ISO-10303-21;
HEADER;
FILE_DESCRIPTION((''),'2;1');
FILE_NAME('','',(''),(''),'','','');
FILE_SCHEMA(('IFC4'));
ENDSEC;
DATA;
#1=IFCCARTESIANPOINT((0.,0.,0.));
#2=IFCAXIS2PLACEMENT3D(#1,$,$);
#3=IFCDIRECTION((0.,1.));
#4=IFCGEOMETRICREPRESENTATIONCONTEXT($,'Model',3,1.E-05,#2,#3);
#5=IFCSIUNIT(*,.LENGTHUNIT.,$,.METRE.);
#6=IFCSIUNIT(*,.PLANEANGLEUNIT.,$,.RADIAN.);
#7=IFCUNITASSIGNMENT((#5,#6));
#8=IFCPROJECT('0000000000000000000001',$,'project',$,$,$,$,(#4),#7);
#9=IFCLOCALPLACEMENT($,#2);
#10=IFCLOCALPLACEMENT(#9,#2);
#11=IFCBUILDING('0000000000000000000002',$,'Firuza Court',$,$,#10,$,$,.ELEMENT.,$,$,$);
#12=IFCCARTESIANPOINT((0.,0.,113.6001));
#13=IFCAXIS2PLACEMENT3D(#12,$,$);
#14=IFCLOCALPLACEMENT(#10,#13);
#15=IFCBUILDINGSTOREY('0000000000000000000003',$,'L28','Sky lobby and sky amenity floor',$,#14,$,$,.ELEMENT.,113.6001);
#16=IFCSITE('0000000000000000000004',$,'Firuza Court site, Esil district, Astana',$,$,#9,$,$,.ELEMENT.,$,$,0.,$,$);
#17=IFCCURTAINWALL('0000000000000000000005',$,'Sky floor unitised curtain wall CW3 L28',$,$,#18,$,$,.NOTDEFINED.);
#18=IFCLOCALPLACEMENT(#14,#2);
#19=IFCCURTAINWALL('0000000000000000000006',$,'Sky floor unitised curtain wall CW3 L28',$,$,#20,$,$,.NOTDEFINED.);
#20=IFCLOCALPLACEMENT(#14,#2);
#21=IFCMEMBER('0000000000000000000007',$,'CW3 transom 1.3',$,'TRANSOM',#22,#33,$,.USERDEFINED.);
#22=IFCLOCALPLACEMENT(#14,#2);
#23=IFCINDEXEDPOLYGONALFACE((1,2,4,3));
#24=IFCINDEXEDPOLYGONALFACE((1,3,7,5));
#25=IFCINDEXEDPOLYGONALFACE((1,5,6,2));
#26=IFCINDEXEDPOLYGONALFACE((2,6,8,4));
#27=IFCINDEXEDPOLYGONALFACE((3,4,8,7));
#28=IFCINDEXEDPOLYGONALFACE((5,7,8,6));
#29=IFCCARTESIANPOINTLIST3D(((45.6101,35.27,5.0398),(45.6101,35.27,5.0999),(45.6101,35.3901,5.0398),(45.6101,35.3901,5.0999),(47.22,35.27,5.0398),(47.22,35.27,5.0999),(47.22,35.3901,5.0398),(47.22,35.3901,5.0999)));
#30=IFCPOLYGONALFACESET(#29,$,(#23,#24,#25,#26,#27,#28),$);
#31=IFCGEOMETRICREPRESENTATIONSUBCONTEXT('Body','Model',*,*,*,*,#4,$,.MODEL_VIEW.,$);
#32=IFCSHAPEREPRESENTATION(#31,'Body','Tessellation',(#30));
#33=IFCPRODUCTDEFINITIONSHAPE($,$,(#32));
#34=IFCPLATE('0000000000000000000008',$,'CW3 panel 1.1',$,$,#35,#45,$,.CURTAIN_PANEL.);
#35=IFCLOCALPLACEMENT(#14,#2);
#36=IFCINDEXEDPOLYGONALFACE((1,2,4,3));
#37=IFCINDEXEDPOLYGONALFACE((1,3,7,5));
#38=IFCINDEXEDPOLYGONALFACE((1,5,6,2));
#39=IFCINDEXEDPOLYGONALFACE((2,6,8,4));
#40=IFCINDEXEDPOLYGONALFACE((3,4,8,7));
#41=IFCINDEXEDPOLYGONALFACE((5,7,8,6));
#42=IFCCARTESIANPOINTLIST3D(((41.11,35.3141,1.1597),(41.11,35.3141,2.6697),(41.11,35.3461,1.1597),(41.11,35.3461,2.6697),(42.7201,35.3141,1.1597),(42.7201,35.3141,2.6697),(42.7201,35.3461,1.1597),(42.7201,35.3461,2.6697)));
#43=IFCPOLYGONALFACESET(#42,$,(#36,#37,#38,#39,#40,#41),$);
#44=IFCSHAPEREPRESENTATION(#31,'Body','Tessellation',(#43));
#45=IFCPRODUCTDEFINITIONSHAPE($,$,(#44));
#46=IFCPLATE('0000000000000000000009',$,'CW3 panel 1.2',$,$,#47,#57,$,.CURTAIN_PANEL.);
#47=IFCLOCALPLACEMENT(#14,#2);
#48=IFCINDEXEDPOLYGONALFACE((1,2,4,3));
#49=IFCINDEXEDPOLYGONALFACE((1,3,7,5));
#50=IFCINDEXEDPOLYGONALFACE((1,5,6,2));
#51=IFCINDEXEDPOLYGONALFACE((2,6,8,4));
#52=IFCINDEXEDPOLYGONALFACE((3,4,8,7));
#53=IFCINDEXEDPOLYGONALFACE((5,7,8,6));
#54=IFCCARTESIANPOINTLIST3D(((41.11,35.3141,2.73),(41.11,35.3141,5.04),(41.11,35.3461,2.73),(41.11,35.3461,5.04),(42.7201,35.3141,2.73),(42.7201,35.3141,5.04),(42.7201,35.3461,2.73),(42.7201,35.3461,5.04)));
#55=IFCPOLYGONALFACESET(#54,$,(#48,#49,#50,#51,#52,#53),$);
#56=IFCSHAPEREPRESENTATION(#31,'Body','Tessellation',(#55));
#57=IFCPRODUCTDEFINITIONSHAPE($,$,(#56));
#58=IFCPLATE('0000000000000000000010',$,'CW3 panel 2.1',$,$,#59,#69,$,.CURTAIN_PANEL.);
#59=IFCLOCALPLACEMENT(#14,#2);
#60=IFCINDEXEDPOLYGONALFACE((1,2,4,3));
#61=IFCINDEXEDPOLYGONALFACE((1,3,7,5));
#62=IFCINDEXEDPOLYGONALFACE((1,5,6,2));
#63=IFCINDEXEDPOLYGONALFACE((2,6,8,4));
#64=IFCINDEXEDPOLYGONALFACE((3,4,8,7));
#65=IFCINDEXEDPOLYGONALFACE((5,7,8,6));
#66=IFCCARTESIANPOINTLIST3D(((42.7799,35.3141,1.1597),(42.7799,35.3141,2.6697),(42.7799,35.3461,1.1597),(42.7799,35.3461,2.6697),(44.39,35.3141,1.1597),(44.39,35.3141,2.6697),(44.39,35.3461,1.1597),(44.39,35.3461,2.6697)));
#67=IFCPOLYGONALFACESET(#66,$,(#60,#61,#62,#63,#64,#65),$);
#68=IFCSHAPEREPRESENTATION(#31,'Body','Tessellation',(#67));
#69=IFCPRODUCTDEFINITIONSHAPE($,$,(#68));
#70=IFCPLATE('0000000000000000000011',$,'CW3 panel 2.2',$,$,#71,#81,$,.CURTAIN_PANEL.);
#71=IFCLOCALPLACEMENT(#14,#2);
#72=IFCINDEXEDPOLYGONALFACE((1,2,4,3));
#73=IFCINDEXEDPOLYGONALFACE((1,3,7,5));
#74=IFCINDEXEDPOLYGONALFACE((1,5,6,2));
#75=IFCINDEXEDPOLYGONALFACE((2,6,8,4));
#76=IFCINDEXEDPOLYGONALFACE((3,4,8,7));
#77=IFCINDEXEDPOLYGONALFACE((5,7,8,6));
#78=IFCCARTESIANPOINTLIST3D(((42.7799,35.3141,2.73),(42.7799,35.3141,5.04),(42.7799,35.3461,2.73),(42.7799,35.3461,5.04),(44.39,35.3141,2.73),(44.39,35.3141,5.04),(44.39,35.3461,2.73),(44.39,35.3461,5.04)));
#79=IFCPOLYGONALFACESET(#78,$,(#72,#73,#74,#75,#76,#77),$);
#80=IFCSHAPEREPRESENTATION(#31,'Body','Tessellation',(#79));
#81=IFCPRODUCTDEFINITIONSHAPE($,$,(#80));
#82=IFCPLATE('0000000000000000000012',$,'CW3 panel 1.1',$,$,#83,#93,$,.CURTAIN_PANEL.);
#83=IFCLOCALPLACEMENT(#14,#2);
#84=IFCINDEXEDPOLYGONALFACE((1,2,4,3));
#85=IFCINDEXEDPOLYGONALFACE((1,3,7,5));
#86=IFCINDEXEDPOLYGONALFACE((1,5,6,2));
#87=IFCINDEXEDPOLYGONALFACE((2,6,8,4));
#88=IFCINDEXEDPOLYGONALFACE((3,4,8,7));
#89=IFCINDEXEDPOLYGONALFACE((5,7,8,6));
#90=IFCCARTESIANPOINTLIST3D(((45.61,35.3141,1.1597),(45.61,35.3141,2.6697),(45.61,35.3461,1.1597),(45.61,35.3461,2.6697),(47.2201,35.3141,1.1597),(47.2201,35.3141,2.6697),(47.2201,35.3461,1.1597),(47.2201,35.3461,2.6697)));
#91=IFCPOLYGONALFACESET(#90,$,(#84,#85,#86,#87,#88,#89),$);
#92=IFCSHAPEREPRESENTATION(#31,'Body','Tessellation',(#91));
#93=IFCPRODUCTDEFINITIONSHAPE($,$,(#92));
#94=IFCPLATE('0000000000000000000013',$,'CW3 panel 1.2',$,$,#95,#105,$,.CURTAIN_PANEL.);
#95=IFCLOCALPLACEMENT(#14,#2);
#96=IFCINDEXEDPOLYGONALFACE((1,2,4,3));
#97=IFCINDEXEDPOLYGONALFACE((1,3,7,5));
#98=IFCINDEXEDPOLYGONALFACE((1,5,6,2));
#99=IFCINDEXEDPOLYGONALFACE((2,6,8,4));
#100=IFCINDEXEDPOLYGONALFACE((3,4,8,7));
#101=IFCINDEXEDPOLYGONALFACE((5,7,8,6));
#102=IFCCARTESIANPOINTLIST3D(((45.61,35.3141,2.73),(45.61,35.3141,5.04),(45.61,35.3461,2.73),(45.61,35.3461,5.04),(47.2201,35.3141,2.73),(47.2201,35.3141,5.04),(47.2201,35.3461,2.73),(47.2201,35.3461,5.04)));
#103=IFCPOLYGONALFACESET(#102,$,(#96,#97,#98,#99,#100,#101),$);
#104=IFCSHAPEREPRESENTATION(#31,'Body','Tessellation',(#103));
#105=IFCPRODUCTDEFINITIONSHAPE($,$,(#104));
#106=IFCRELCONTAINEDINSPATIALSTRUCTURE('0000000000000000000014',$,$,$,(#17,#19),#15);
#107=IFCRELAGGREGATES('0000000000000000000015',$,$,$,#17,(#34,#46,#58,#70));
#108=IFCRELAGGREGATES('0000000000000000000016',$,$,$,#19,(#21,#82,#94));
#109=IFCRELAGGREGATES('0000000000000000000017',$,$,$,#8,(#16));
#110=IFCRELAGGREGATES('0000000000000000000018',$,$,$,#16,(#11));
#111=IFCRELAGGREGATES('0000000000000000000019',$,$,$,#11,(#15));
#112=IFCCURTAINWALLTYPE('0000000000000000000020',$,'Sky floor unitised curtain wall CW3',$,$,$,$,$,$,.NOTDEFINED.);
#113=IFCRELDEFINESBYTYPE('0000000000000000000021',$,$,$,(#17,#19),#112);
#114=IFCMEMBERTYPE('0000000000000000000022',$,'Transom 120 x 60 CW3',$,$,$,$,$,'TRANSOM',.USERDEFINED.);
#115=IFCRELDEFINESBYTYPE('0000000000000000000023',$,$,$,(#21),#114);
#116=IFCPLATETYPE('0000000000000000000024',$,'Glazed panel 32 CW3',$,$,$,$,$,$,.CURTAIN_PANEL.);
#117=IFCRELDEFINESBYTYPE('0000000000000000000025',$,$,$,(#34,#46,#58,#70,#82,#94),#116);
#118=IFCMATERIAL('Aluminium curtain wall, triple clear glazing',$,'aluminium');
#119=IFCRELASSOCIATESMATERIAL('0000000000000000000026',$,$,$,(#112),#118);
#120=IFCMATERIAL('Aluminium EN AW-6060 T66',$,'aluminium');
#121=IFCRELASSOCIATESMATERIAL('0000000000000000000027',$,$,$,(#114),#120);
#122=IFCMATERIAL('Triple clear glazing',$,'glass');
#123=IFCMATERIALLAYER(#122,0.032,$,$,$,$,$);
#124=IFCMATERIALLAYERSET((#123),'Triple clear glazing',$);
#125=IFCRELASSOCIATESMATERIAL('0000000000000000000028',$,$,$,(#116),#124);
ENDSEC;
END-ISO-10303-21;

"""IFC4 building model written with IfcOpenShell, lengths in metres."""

from ifc_helpers import new_model, si_unit, direction, frame, origin, origin_2d, place, context, subcontext, project, spatial, rectangle, extrude, material, layer, layer_set, material_profile, profile_set, type_object, element, aggregate, save


model = new_model("IFC4")

# Units and contexts
model_context = context("Model", 3, precision=1e-05, world=origin(), true_north=direction((0.0, 1.0)))
body_context = subcontext(model_context, "Body", "Model", "MODEL_VIEW")
ifc_project = project(units=[si_unit("LENGTHUNIT", "METRE"), si_unit("PLANEANGLEUNIT", "RADIAN")], contexts=[model_context])

# Site, building, storey
site_placement = place(None, origin())
site = spatial("IfcSite", under=ifc_project, at=site_placement, Name="Firuza Court site, Esil district, Astana", CompositionType="ELEMENT", RefElevation=0.0)
building_placement = place(site_placement, origin())
building = spatial("IfcBuilding", under=site, at=building_placement, Name="Firuza Court", CompositionType="ELEMENT")
storey_placement = place(building_placement, frame((0.0, 0.0, 113.6001)))
storey = spatial("IfcBuildingStorey", under=building, at=storey_placement, Name="L28", Description="Sky lobby and sky amenity floor", CompositionType="ELEMENT", Elevation=113.6001)

# Curtain wall
ifc_material_1 = material(Name="Aluminium curtain wall, triple clear glazing", Category="aluminium")
curtain_wall_type = type_object("IfcCurtainWallType", Name="Sky floor unitised curtain wall CW3", PredefinedType="NOTDEFINED", material=ifc_material_1)
curtain_wall_1_placement = place(storey_placement, origin())
curtain_wall_1 = element("IfcCurtainWall", 1, at=curtain_wall_1_placement, inside=storey, type_object=curtain_wall_type, Name="Sky floor unitised curtain wall CW3 L28", PredefinedType="NOTDEFINED")

# Curtain wall
curtain_wall_2_placement = place(storey_placement, origin())
curtain_wall_2 = element("IfcCurtainWall", 2, at=curtain_wall_2_placement, inside=storey, type_object=curtain_wall_type, Name="Sky floor unitised curtain wall CW3 L28", PredefinedType="NOTDEFINED")

# Member
ifc_material_2 = material(Name="Aluminium EN AW-6060 T66", Category="aluminium")
ifc_material_profile_1 = material_profile(ifc_material_2, rectangle(XDim=0.1201, YDim=0.0601, at=origin_2d()), Name="Transom 120 x 60 CW3")
ifc_profile_set_1 = profile_set([ifc_material_profile_1], Name="Aluminium EN AW-6060 T66")
member_type_1 = type_object("IfcMemberType", Name="Transom 120 x 60 CW3", ElementType="TRANSOM", PredefinedType="USERDEFINED", material=ifc_profile_set_1)
member_1_placement = place(storey_placement, frame((45.6101, 35.3301, 5.0698), z_axis=(1.0, 0.0, 0.0), x_axis=(0.0, 1.0, 0.0)))
member_1 = element("IfcMember", 3, at=member_1_placement, type_object=member_type_1, Name="CW3 transom 1.3", ObjectType="TRANSOM", PredefinedType="USERDEFINED", context=body_context, shape_type="SweptSolid", body=[
    extrude(rectangle(XDim=0.1201, YDim=0.0601, at=origin_2d()), origin(), (0.0, 0.0, 1.0), 1.6099),
])

# Plates
ifc_material_3 = material(Name="Triple clear glazing", Category="glass")
ifc_layer = layer(ifc_material_3, 0.032)
ifc_layer_set = layer_set([ifc_layer], Name="Triple clear glazing")
plate_type = type_object("IfcPlateType", Name="Glazed panel 32 CW3", PredefinedType="CURTAIN_PANEL", material=ifc_layer_set)
plate_1_placement = place(storey_placement, frame((41.915, 35.3301, 1.1597), z_axis=(0.0, 0.0, 1.0), x_axis=(1.0, 0.0, 0.0)))
plate_1 = element("IfcPlate", 4, at=plate_1_placement, type_object=plate_type, Name="CW3 panel 1.1", PredefinedType="CURTAIN_PANEL", context=body_context, shape_type="SweptSolid", body=[
    extrude(rectangle(XDim=1.6101, YDim=0.032, at=origin_2d()), origin(), (0.0, 0.0, 1.0), 1.51),
])
plate_2_placement = place(storey_placement, frame((41.915, 35.3301, 2.73), z_axis=(0.0, 0.0, 1.0), x_axis=(1.0, 0.0, 0.0)))
plate_2 = element("IfcPlate", 5, at=plate_2_placement, type_object=plate_type, Name="CW3 panel 1.2", PredefinedType="CURTAIN_PANEL", context=body_context, shape_type="SweptSolid", body=[
    extrude(rectangle(XDim=1.6101, YDim=0.032, at=origin_2d()), origin(), (0.0, 0.0, 1.0), 2.3101),
])
plate_3_placement = place(storey_placement, frame((43.585, 35.3301, 1.1597), z_axis=(0.0, 0.0, 1.0), x_axis=(1.0, 0.0, 0.0)))
plate_3 = element("IfcPlate", 6, at=plate_3_placement, type_object=plate_type, Name="CW3 panel 2.1", PredefinedType="CURTAIN_PANEL", context=body_context, shape_type="SweptSolid", body=[
    extrude(rectangle(XDim=1.6101, YDim=0.032, at=origin_2d()), origin(), (0.0, 0.0, 1.0), 1.51),
])
plate_4_placement = place(storey_placement, frame((43.585, 35.3301, 2.73), z_axis=(0.0, 0.0, 1.0), x_axis=(1.0, 0.0, 0.0)))
plate_4 = element("IfcPlate", 7, at=plate_4_placement, type_object=plate_type, Name="CW3 panel 2.2", PredefinedType="CURTAIN_PANEL", context=body_context, shape_type="SweptSolid", body=[
    extrude(rectangle(XDim=1.6101, YDim=0.032, at=origin_2d()), origin(), (0.0, 0.0, 1.0), 2.3101),
])
aggregate(curtain_wall_1, [plate_1, plate_2, plate_3, plate_4])
plate_5_placement = place(storey_placement, frame((46.415, 35.3301, 1.1597), z_axis=(0.0, 0.0, 1.0), x_axis=(1.0, 0.0, 0.0)))
plate_5 = element("IfcPlate", 8, at=plate_5_placement, type_object=plate_type, Name="CW3 panel 1.1", PredefinedType="CURTAIN_PANEL", context=body_context, shape_type="SweptSolid", body=[
    extrude(rectangle(XDim=1.6101, YDim=0.032, at=origin_2d()), origin(), (0.0, 0.0, 1.0), 1.51),
])
plate_6_placement = place(storey_placement, frame((46.415, 35.3301, 2.73), z_axis=(0.0, 0.0, 1.0), x_axis=(1.0, 0.0, 0.0)))
plate_6 = element("IfcPlate", 9, at=plate_6_placement, type_object=plate_type, Name="CW3 panel 1.2", PredefinedType="CURTAIN_PANEL", context=body_context, shape_type="SweptSolid", body=[
    extrude(rectangle(XDim=1.6101, YDim=0.032, at=origin_2d()), origin(), (0.0, 0.0, 1.0), 2.3101),
])
aggregate(curtain_wall_2, [member_1, plate_5, plate_6])

save(model, "model.ifc")
